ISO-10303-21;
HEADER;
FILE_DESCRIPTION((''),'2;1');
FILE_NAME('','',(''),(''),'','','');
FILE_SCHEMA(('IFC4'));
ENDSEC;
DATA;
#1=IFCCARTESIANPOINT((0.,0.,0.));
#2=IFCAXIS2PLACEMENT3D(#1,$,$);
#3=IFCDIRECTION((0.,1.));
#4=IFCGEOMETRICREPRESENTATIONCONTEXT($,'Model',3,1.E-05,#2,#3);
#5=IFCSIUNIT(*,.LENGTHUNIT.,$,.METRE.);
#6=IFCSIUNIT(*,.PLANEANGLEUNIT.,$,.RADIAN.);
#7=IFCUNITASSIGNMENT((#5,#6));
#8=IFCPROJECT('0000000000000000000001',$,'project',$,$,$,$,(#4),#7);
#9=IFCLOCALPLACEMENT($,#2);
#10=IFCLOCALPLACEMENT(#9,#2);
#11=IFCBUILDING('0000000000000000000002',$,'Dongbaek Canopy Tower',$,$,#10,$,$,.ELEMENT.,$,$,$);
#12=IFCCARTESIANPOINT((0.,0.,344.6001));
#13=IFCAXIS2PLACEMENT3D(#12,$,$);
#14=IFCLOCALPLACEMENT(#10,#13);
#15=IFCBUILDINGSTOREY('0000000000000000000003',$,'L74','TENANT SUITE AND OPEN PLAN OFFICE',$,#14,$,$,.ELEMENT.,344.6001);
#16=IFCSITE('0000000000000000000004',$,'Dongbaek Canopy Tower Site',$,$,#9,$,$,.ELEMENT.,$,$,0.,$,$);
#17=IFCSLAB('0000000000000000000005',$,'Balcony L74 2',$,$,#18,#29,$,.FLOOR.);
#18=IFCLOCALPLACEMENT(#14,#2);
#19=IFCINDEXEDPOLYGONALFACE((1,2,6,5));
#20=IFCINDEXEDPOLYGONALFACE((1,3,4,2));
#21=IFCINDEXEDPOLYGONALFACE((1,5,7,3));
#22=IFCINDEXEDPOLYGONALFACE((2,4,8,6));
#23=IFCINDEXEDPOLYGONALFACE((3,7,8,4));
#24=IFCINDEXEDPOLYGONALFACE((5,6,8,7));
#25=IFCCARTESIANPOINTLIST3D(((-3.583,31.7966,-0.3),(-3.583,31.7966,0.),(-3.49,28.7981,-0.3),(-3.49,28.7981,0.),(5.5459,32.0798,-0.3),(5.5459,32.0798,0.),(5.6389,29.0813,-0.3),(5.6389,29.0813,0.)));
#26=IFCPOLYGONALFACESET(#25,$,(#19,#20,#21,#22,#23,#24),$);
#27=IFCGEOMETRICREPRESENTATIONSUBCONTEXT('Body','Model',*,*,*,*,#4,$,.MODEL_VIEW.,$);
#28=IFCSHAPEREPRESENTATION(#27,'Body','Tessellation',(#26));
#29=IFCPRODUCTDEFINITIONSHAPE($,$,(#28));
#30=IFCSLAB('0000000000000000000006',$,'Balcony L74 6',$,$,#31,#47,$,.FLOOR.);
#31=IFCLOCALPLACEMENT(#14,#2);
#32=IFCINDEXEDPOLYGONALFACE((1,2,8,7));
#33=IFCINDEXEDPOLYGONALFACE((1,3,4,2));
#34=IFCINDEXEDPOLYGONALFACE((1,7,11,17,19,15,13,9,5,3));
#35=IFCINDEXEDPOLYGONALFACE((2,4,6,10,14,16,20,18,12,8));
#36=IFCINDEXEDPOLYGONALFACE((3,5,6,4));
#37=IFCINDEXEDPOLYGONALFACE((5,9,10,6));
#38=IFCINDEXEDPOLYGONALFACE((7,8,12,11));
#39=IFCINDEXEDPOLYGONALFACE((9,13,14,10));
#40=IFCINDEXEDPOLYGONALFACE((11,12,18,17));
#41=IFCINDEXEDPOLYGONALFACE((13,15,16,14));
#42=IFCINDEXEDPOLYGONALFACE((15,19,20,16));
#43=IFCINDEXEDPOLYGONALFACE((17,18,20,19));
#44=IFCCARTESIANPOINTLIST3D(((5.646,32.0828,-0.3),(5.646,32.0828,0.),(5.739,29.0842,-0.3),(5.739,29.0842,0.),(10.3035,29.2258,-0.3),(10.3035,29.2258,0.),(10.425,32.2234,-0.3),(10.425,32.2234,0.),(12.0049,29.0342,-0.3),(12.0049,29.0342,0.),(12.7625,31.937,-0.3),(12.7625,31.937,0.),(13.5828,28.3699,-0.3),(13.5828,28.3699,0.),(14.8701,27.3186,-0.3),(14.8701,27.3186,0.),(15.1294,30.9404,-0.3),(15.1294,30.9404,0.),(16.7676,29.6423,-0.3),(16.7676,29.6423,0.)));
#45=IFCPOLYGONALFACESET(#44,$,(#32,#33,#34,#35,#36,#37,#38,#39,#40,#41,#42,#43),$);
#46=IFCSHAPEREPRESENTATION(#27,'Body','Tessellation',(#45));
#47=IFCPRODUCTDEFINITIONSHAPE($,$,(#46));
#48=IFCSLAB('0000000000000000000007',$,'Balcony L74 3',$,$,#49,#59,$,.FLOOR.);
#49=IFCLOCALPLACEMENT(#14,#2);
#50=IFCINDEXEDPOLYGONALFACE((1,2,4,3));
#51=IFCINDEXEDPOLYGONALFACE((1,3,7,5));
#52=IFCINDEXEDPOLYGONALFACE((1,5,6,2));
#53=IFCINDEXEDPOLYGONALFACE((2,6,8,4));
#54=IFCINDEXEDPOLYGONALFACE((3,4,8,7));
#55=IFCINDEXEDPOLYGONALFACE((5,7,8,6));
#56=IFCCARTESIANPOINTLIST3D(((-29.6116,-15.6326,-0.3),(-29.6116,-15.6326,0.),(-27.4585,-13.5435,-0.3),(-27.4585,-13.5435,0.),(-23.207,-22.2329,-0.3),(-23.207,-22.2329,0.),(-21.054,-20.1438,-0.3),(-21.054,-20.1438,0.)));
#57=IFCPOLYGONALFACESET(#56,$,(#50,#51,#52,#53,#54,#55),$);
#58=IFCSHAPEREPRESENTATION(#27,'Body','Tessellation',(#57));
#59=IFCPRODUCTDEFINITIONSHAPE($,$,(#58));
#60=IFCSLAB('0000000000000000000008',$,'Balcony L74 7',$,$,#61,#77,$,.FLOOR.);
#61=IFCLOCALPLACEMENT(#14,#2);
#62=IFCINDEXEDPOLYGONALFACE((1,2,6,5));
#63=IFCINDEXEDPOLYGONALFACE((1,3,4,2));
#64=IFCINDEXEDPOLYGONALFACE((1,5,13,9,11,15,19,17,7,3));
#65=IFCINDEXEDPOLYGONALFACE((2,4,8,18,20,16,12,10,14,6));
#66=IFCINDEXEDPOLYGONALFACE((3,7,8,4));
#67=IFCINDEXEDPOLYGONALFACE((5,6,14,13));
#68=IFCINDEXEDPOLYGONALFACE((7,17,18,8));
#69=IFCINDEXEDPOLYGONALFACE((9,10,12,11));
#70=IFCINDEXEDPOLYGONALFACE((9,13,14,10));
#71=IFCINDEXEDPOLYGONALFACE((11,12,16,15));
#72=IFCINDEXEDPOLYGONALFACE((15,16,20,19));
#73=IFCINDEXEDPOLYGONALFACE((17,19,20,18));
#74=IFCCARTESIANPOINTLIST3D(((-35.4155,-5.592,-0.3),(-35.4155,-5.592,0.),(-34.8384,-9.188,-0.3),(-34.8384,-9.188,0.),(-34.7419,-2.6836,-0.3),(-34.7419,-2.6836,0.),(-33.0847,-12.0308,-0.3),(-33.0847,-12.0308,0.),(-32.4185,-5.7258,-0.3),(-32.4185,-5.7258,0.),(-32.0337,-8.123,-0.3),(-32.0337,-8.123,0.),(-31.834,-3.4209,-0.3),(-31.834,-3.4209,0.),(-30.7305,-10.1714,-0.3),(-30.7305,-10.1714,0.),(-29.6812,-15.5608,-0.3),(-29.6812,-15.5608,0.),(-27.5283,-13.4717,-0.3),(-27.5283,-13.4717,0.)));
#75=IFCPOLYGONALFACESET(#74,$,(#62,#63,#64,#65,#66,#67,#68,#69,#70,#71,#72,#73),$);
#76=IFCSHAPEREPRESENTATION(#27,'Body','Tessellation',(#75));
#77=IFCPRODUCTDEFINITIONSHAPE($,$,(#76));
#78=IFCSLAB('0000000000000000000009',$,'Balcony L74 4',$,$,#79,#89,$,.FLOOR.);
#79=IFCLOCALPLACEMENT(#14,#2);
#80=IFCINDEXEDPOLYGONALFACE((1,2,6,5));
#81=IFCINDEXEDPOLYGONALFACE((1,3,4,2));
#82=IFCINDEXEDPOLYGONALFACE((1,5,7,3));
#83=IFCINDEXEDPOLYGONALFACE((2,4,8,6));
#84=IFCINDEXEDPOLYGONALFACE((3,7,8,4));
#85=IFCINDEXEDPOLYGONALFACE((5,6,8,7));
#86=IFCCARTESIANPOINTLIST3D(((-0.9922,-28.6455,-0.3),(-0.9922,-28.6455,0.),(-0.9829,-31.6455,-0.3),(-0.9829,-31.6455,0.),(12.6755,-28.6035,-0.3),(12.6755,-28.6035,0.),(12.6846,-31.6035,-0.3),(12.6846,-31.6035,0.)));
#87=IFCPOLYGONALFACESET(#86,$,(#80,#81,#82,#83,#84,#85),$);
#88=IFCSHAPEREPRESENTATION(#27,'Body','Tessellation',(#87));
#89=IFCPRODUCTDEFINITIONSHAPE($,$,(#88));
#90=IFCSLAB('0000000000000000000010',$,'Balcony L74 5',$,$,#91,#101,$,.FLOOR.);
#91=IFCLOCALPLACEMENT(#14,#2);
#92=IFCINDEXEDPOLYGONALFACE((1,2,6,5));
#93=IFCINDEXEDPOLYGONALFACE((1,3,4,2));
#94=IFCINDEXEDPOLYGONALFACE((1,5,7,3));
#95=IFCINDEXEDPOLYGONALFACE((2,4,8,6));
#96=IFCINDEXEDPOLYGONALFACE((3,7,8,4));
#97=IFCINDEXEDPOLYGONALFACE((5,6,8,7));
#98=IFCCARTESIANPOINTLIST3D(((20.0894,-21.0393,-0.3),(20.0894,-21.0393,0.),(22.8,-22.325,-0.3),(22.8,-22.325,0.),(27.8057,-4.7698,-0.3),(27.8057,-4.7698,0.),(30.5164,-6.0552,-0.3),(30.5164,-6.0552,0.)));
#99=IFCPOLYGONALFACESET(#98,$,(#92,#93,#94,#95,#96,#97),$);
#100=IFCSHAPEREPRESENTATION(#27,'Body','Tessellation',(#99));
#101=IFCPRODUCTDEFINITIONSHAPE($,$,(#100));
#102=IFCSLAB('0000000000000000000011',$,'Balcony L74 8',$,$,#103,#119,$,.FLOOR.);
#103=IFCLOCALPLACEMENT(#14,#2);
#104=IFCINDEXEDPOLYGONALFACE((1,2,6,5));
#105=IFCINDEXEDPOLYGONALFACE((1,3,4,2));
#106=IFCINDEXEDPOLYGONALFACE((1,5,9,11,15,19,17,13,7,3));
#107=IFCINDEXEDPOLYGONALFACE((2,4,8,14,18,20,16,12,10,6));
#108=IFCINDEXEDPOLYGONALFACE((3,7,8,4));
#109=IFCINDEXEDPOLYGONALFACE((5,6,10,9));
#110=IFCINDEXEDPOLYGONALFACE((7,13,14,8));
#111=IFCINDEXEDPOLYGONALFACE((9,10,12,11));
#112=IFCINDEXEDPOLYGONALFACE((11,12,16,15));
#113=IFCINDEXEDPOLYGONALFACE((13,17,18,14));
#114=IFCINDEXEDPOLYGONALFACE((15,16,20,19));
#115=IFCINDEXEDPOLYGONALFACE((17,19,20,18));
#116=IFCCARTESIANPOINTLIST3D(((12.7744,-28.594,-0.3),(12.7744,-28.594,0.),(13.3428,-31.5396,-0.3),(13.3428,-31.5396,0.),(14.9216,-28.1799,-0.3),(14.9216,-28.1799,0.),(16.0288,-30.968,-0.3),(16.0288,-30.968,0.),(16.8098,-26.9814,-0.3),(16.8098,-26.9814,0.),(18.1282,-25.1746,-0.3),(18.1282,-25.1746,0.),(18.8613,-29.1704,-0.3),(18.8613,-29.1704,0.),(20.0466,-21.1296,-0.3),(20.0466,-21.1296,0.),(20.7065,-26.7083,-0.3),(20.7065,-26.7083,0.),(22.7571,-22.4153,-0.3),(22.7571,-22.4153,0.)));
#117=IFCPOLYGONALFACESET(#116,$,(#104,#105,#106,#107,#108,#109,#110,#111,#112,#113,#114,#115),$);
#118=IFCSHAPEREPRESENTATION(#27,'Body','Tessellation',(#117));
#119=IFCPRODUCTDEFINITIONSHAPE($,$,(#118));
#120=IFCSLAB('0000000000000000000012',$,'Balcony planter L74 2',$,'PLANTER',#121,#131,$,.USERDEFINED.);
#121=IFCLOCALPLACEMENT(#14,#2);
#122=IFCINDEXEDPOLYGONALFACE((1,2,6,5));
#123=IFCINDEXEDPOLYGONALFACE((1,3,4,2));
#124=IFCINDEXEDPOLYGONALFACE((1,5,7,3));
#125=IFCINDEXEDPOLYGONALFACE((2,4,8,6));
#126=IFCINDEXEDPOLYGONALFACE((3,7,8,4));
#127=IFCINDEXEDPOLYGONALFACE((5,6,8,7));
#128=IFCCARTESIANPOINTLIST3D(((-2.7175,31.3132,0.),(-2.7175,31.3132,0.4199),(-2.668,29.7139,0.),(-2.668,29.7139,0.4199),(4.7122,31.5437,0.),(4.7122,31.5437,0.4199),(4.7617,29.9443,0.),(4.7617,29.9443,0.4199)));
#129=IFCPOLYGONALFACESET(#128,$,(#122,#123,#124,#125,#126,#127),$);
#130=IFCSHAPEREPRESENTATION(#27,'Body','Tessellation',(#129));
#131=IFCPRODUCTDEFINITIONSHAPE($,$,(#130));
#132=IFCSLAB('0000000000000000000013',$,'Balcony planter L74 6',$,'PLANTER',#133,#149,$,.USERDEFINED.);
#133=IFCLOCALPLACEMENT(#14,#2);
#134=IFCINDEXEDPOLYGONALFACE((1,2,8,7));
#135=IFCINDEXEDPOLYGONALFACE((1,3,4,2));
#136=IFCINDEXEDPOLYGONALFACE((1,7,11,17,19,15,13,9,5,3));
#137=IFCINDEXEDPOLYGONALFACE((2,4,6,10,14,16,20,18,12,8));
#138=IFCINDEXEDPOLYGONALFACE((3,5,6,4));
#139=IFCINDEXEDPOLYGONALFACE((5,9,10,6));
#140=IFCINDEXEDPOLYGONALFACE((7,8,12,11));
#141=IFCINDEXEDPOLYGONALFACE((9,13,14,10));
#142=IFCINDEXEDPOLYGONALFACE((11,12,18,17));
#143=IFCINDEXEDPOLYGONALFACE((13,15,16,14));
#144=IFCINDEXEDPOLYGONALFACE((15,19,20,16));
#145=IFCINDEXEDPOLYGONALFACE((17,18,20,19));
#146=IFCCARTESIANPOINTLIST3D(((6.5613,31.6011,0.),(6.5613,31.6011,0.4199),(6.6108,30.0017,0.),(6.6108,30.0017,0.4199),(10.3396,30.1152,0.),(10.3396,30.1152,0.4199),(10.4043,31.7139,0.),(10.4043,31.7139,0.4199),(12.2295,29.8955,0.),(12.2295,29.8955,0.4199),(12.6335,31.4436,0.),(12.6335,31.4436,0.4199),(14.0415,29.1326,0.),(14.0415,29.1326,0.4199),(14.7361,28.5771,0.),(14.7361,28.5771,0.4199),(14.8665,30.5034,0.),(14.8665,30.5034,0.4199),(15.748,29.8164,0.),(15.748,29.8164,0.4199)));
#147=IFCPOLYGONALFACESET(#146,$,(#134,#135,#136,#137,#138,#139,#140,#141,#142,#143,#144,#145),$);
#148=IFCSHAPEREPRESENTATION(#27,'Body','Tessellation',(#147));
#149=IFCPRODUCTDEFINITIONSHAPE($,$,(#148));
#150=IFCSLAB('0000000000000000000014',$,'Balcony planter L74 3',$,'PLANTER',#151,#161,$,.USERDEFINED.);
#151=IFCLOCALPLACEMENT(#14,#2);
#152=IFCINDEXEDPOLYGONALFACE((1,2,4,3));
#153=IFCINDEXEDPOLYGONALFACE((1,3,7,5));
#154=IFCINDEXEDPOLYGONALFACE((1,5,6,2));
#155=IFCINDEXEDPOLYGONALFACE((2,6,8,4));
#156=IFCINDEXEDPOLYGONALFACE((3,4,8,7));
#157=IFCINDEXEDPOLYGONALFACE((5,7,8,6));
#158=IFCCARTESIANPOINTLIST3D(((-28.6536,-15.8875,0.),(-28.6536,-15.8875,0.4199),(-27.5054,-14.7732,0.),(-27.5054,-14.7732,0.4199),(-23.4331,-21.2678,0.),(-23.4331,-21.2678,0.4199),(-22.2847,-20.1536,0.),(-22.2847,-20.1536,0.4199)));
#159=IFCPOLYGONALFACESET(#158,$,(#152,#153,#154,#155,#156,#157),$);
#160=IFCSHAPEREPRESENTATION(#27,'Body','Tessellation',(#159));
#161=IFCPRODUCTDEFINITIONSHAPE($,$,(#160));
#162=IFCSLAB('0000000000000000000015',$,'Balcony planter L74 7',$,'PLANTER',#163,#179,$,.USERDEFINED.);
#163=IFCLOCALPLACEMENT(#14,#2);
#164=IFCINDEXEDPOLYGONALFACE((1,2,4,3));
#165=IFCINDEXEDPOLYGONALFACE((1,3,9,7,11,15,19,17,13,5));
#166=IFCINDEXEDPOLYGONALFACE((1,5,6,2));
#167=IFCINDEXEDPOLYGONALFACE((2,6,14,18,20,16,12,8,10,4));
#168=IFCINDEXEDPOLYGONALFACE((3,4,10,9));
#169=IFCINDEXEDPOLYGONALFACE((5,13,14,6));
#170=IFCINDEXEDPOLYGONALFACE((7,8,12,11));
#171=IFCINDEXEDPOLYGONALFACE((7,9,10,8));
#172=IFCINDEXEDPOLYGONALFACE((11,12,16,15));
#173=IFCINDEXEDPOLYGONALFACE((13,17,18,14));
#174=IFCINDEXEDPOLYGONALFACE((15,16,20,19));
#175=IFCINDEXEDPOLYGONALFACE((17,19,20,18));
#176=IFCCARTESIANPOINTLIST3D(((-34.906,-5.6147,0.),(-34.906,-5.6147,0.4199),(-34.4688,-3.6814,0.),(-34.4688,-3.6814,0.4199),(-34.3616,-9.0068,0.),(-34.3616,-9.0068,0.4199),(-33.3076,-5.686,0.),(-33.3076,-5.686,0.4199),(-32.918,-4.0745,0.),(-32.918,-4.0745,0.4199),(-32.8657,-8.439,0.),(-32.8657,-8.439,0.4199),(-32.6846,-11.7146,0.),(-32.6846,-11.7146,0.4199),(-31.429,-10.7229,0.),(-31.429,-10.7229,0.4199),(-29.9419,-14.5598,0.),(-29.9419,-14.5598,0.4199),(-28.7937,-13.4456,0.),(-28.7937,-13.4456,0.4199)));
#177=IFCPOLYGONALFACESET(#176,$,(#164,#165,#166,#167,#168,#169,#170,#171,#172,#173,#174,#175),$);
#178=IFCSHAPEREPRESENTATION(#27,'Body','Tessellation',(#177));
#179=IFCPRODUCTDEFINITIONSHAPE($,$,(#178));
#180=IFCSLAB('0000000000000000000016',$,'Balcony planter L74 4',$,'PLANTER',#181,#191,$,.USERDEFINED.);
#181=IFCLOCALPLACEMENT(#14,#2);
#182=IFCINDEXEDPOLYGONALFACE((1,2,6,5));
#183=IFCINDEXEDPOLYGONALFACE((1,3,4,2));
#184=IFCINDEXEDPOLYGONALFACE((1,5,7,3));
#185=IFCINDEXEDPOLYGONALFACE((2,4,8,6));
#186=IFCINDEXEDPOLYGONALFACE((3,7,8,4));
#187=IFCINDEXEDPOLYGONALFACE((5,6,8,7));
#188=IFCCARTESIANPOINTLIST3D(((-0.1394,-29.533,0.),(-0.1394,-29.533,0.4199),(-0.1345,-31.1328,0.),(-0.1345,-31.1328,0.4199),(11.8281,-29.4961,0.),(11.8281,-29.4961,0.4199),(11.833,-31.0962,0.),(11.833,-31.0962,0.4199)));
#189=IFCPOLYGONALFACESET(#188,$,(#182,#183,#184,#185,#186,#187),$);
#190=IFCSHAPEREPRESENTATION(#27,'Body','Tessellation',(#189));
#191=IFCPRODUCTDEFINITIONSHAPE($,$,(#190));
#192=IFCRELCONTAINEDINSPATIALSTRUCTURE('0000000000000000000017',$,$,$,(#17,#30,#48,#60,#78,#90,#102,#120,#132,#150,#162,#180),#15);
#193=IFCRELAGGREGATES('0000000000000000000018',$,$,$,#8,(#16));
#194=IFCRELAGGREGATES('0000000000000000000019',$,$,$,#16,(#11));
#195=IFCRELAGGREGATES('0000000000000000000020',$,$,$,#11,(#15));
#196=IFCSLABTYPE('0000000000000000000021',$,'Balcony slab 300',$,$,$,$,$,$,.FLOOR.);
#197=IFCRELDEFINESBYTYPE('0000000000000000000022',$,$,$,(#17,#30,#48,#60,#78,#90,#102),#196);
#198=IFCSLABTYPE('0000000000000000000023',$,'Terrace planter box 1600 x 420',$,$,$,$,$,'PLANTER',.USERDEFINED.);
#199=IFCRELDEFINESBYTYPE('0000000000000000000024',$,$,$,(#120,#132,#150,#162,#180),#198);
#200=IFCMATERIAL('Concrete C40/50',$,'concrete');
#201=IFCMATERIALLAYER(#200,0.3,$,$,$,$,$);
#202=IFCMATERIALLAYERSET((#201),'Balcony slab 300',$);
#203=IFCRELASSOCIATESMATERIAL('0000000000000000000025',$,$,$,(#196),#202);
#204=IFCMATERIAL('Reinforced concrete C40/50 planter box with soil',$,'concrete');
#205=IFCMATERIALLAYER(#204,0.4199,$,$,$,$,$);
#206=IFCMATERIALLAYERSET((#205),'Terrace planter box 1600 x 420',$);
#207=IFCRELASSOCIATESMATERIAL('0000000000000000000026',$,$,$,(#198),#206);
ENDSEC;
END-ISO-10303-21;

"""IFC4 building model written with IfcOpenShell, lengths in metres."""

from ifc_helpers import new_model, si_unit, direction, frame, origin, place, context, subcontext, project, spatial, polyline, outline, extrude, material, layer, layer_set, type_object, element, save


model = new_model("IFC4")

# Units and contexts
model_context = context("Model", 3, precision=1e-05, world=origin(), true_north=direction((0.0, 1.0)))
body_context = subcontext(model_context, "Body", "Model", "MODEL_VIEW")
ifc_project = project(units=[si_unit("LENGTHUNIT", "METRE"), si_unit("PLANEANGLEUNIT", "RADIAN")], contexts=[model_context])

# Site, building, storey
site_placement = place(None, origin())
site = spatial("IfcSite", under=ifc_project, at=site_placement, Name="Dongbaek Canopy Tower Site", CompositionType="ELEMENT", RefElevation=0.0)
building_placement = place(site_placement, origin())
building = spatial("IfcBuilding", under=site, at=building_placement, Name="Dongbaek Canopy Tower", CompositionType="ELEMENT")
storey_placement = place(building_placement, frame((0.0, 0.0, 344.6001)))
storey = spatial("IfcBuildingStorey", under=building, at=storey_placement, Name="L74", Description="TENANT SUITE AND OPEN PLAN OFFICE", CompositionType="ELEMENT", Elevation=344.6001)

# Slabs
ifc_material_1 = material(Name="Concrete C40/50", Category="concrete")
ifc_layer_1 = layer(ifc_material_1, 0.3)
ifc_layer_set_1 = layer_set([ifc_layer_1], Name="Balcony slab 300")
slab_type_1 = type_object("IfcSlabType", Name="Balcony slab 300", PredefinedType="FLOOR", material=ifc_layer_set_1)
slab_1_placement = place(storey_placement, frame((0.0, 0.0, -0.3)))
element("IfcSlab", 1, at=slab_1_placement, inside=storey, type_object=slab_type_1, Name="Balcony L74 2", PredefinedType="FLOOR", context=body_context, shape_type="SweptSolid", body=[
    extrude(outline(polyline([(5.6389, 29.0813), (-3.49, 28.7981), (-3.583, 31.7966), (5.5459, 32.0798), (5.6389, 29.0813)])), origin(), (0.0, 0.0, 1.0), 0.3),
])
slab_2_placement = place(storey_placement, frame((0.0, 0.0, -0.3)))
element("IfcSlab", 2, at=slab_2_placement, inside=storey, type_object=slab_type_1, Name="Balcony L74 6", PredefinedType="FLOOR", context=body_context, shape_type="SweptSolid", body=[
    extrude(outline(polyline([(14.8701, 27.3186), (13.5828, 28.3699), (12.0049, 29.0342), (10.3035, 29.2258), (5.739, 29.0842), (5.646, 32.0828), (10.425, 32.2234), (12.7625, 31.937), (15.1294, 30.9404), (16.7676, 29.6423), (14.8701, 27.3186)])), origin(), (0.0, 0.0, 1.0), 0.3),
])
slab_3_placement = place(storey_placement, frame((0.0, 0.0, -0.3)))
element("IfcSlab", 3, at=slab_3_placement, inside=storey, type_object=slab_type_1, Name="Balcony L74 3", PredefinedType="FLOOR", context=body_context, shape_type="SweptSolid", body=[
    extrude(outline(polyline([(-27.4585, -13.5435), (-21.054, -20.1438), (-23.207, -22.2329), (-29.6116, -15.6326), (-27.4585, -13.5435)])), origin(), (0.0, 0.0, 1.0), 0.3),
])
slab_4_placement = place(storey_placement, frame((0.0, 0.0, -0.3)))
element("IfcSlab", 4, at=slab_4_placement, inside=storey, type_object=slab_type_1, Name="Balcony L74 7", PredefinedType="FLOOR", context=body_context, shape_type="SweptSolid", body=[
    extrude(outline(polyline([(-31.834, -3.4209), (-32.4185, -5.7258), (-32.0337, -8.123), (-30.7305, -10.1714), (-27.5283, -13.4717), (-29.6812, -15.5608), (-33.0847, -12.0308), (-34.8384, -9.188), (-35.4155, -5.592), (-34.7419, -2.6836), (-31.834, -3.4209)])), origin(), (0.0, 0.0, 1.0), 0.3),
])
slab_5_placement = place(storey_placement, frame((0.0, 0.0, -0.3)))
element("IfcSlab", 5, at=slab_5_placement, inside=storey, type_object=slab_type_1, Name="Balcony L74 4", PredefinedType="FLOOR", context=body_context, shape_type="SweptSolid", body=[
    extrude(outline(polyline([(-0.9922, -28.6455), (12.6755, -28.6035), (12.6846, -31.6035), (-0.9829, -31.6455), (-0.9922, -28.6455)])), origin(), (0.0, 0.0, 1.0), 0.3),
])
slab_6_placement = place(storey_placement, frame((0.0, 0.0, -0.3)))
element("IfcSlab", 6, at=slab_6_placement, inside=storey, type_object=slab_type_1, Name="Balcony L74 5", PredefinedType="FLOOR", context=body_context, shape_type="SweptSolid", body=[
    extrude(outline(polyline([(20.0894, -21.0393), (27.8057, -4.7698), (30.5164, -6.0552), (22.8, -22.325), (20.0894, -21.0393)])), origin(), (0.0, 0.0, 1.0), 0.3),
])
slab_7_placement = place(storey_placement, frame((0.0, 0.0, -0.3)))
element("IfcSlab", 7, at=slab_7_placement, inside=storey, type_object=slab_type_1, Name="Balcony L74 8", PredefinedType="FLOOR", context=body_context, shape_type="SweptSolid", body=[
    extrude(outline(polyline([(12.7744, -28.594), (14.9216, -28.1799), (16.8098, -26.9814), (18.1282, -25.1746), (20.0466, -21.1296), (22.7571, -22.4153), (20.7065, -26.7083), (18.8613, -29.1704), (16.0288, -30.968), (13.3428, -31.5396), (12.7744, -28.594)])), origin(), (0.0, 0.0, 1.0), 0.3),
])
ifc_material_2 = material(Name="Reinforced concrete C40/50 planter box with soil", Category="concrete")
ifc_layer_2 = layer(ifc_material_2, 0.4199)
ifc_layer_set_2 = layer_set([ifc_layer_2], Name="Terrace planter box 1600 x 420")
slab_type_2 = type_object("IfcSlabType", Name="Terrace planter box 1600 x 420", ElementType="PLANTER", PredefinedType="USERDEFINED", material=ifc_layer_set_2)
slab_8_placement = place(storey_placement, origin())
element("IfcSlab", 8, at=slab_8_placement, inside=storey, type_object=slab_type_2, Name="Balcony planter L74 2", ObjectType="PLANTER", PredefinedType="USERDEFINED", context=body_context, shape_type="SweptSolid", body=[
    extrude(outline(polyline([(4.7617, 29.9443), (-2.668, 29.7139), (-2.7175, 31.3132), (4.7122, 31.5437), (4.7617, 29.9443)])), origin(), (0.0, 0.0, 1.0), 0.4199),
])
slab_9_placement = place(storey_placement, origin())
element("IfcSlab", 9, at=slab_9_placement, inside=storey, type_object=slab_type_2, Name="Balcony planter L74 6", ObjectType="PLANTER", PredefinedType="USERDEFINED", context=body_context, shape_type="SweptSolid", body=[
    extrude(outline(polyline([(14.7361, 28.5771), (14.0415, 29.1326), (12.2295, 29.8955), (10.3396, 30.1152), (6.6108, 30.0017), (6.5613, 31.6011), (10.4043, 31.7139), (12.6335, 31.4436), (14.8665, 30.5034), (15.748, 29.8164), (14.7361, 28.5771)])), origin(), (0.0, 0.0, 1.0), 0.4199),
])
slab_10_placement = place(storey_placement, origin())
element("IfcSlab", 10, at=slab_10_placement, inside=storey, type_object=slab_type_2, Name="Balcony planter L74 3", ObjectType="PLANTER", PredefinedType="USERDEFINED", context=body_context, shape_type="SweptSolid", body=[
    extrude(outline(polyline([(-27.5054, -14.7732), (-22.2847, -20.1536), (-23.4331, -21.2678), (-28.6536, -15.8875), (-27.5054, -14.7732)])), origin(), (0.0, 0.0, 1.0), 0.4199),
])
slab_11_placement = place(storey_placement, origin())
element("IfcSlab", 11, at=slab_11_placement, inside=storey, type_object=slab_type_2, Name="Balcony planter L74 7", ObjectType="PLANTER", PredefinedType="USERDEFINED", context=body_context, shape_type="SweptSolid", body=[
    extrude(outline(polyline([(-32.918, -4.0745), (-33.3076, -5.686), (-32.8657, -8.439), (-31.429, -10.7229), (-28.7937, -13.4456), (-29.9419, -14.5598), (-32.6846, -11.7146), (-34.3616, -9.0068), (-34.906, -5.6147), (-34.4688, -3.6814), (-32.918, -4.0745)])), origin(), (0.0, 0.0, 1.0), 0.4199),
])
slab_12_placement = place(storey_placement, origin())
element("IfcSlab", 12, at=slab_12_placement, inside=storey, type_object=slab_type_2, Name="Balcony planter L74 4", ObjectType="PLANTER", PredefinedType="USERDEFINED", context=body_context, shape_type="SweptSolid", body=[
    extrude(outline(polyline([(-0.1394, -29.533), (11.8281, -29.4961), (11.833, -31.0962), (-0.1345, -31.1328), (-0.1394, -29.533)])), origin(), (0.0, 0.0, 1.0), 0.4199),
])

save(model, "model.ifc")
